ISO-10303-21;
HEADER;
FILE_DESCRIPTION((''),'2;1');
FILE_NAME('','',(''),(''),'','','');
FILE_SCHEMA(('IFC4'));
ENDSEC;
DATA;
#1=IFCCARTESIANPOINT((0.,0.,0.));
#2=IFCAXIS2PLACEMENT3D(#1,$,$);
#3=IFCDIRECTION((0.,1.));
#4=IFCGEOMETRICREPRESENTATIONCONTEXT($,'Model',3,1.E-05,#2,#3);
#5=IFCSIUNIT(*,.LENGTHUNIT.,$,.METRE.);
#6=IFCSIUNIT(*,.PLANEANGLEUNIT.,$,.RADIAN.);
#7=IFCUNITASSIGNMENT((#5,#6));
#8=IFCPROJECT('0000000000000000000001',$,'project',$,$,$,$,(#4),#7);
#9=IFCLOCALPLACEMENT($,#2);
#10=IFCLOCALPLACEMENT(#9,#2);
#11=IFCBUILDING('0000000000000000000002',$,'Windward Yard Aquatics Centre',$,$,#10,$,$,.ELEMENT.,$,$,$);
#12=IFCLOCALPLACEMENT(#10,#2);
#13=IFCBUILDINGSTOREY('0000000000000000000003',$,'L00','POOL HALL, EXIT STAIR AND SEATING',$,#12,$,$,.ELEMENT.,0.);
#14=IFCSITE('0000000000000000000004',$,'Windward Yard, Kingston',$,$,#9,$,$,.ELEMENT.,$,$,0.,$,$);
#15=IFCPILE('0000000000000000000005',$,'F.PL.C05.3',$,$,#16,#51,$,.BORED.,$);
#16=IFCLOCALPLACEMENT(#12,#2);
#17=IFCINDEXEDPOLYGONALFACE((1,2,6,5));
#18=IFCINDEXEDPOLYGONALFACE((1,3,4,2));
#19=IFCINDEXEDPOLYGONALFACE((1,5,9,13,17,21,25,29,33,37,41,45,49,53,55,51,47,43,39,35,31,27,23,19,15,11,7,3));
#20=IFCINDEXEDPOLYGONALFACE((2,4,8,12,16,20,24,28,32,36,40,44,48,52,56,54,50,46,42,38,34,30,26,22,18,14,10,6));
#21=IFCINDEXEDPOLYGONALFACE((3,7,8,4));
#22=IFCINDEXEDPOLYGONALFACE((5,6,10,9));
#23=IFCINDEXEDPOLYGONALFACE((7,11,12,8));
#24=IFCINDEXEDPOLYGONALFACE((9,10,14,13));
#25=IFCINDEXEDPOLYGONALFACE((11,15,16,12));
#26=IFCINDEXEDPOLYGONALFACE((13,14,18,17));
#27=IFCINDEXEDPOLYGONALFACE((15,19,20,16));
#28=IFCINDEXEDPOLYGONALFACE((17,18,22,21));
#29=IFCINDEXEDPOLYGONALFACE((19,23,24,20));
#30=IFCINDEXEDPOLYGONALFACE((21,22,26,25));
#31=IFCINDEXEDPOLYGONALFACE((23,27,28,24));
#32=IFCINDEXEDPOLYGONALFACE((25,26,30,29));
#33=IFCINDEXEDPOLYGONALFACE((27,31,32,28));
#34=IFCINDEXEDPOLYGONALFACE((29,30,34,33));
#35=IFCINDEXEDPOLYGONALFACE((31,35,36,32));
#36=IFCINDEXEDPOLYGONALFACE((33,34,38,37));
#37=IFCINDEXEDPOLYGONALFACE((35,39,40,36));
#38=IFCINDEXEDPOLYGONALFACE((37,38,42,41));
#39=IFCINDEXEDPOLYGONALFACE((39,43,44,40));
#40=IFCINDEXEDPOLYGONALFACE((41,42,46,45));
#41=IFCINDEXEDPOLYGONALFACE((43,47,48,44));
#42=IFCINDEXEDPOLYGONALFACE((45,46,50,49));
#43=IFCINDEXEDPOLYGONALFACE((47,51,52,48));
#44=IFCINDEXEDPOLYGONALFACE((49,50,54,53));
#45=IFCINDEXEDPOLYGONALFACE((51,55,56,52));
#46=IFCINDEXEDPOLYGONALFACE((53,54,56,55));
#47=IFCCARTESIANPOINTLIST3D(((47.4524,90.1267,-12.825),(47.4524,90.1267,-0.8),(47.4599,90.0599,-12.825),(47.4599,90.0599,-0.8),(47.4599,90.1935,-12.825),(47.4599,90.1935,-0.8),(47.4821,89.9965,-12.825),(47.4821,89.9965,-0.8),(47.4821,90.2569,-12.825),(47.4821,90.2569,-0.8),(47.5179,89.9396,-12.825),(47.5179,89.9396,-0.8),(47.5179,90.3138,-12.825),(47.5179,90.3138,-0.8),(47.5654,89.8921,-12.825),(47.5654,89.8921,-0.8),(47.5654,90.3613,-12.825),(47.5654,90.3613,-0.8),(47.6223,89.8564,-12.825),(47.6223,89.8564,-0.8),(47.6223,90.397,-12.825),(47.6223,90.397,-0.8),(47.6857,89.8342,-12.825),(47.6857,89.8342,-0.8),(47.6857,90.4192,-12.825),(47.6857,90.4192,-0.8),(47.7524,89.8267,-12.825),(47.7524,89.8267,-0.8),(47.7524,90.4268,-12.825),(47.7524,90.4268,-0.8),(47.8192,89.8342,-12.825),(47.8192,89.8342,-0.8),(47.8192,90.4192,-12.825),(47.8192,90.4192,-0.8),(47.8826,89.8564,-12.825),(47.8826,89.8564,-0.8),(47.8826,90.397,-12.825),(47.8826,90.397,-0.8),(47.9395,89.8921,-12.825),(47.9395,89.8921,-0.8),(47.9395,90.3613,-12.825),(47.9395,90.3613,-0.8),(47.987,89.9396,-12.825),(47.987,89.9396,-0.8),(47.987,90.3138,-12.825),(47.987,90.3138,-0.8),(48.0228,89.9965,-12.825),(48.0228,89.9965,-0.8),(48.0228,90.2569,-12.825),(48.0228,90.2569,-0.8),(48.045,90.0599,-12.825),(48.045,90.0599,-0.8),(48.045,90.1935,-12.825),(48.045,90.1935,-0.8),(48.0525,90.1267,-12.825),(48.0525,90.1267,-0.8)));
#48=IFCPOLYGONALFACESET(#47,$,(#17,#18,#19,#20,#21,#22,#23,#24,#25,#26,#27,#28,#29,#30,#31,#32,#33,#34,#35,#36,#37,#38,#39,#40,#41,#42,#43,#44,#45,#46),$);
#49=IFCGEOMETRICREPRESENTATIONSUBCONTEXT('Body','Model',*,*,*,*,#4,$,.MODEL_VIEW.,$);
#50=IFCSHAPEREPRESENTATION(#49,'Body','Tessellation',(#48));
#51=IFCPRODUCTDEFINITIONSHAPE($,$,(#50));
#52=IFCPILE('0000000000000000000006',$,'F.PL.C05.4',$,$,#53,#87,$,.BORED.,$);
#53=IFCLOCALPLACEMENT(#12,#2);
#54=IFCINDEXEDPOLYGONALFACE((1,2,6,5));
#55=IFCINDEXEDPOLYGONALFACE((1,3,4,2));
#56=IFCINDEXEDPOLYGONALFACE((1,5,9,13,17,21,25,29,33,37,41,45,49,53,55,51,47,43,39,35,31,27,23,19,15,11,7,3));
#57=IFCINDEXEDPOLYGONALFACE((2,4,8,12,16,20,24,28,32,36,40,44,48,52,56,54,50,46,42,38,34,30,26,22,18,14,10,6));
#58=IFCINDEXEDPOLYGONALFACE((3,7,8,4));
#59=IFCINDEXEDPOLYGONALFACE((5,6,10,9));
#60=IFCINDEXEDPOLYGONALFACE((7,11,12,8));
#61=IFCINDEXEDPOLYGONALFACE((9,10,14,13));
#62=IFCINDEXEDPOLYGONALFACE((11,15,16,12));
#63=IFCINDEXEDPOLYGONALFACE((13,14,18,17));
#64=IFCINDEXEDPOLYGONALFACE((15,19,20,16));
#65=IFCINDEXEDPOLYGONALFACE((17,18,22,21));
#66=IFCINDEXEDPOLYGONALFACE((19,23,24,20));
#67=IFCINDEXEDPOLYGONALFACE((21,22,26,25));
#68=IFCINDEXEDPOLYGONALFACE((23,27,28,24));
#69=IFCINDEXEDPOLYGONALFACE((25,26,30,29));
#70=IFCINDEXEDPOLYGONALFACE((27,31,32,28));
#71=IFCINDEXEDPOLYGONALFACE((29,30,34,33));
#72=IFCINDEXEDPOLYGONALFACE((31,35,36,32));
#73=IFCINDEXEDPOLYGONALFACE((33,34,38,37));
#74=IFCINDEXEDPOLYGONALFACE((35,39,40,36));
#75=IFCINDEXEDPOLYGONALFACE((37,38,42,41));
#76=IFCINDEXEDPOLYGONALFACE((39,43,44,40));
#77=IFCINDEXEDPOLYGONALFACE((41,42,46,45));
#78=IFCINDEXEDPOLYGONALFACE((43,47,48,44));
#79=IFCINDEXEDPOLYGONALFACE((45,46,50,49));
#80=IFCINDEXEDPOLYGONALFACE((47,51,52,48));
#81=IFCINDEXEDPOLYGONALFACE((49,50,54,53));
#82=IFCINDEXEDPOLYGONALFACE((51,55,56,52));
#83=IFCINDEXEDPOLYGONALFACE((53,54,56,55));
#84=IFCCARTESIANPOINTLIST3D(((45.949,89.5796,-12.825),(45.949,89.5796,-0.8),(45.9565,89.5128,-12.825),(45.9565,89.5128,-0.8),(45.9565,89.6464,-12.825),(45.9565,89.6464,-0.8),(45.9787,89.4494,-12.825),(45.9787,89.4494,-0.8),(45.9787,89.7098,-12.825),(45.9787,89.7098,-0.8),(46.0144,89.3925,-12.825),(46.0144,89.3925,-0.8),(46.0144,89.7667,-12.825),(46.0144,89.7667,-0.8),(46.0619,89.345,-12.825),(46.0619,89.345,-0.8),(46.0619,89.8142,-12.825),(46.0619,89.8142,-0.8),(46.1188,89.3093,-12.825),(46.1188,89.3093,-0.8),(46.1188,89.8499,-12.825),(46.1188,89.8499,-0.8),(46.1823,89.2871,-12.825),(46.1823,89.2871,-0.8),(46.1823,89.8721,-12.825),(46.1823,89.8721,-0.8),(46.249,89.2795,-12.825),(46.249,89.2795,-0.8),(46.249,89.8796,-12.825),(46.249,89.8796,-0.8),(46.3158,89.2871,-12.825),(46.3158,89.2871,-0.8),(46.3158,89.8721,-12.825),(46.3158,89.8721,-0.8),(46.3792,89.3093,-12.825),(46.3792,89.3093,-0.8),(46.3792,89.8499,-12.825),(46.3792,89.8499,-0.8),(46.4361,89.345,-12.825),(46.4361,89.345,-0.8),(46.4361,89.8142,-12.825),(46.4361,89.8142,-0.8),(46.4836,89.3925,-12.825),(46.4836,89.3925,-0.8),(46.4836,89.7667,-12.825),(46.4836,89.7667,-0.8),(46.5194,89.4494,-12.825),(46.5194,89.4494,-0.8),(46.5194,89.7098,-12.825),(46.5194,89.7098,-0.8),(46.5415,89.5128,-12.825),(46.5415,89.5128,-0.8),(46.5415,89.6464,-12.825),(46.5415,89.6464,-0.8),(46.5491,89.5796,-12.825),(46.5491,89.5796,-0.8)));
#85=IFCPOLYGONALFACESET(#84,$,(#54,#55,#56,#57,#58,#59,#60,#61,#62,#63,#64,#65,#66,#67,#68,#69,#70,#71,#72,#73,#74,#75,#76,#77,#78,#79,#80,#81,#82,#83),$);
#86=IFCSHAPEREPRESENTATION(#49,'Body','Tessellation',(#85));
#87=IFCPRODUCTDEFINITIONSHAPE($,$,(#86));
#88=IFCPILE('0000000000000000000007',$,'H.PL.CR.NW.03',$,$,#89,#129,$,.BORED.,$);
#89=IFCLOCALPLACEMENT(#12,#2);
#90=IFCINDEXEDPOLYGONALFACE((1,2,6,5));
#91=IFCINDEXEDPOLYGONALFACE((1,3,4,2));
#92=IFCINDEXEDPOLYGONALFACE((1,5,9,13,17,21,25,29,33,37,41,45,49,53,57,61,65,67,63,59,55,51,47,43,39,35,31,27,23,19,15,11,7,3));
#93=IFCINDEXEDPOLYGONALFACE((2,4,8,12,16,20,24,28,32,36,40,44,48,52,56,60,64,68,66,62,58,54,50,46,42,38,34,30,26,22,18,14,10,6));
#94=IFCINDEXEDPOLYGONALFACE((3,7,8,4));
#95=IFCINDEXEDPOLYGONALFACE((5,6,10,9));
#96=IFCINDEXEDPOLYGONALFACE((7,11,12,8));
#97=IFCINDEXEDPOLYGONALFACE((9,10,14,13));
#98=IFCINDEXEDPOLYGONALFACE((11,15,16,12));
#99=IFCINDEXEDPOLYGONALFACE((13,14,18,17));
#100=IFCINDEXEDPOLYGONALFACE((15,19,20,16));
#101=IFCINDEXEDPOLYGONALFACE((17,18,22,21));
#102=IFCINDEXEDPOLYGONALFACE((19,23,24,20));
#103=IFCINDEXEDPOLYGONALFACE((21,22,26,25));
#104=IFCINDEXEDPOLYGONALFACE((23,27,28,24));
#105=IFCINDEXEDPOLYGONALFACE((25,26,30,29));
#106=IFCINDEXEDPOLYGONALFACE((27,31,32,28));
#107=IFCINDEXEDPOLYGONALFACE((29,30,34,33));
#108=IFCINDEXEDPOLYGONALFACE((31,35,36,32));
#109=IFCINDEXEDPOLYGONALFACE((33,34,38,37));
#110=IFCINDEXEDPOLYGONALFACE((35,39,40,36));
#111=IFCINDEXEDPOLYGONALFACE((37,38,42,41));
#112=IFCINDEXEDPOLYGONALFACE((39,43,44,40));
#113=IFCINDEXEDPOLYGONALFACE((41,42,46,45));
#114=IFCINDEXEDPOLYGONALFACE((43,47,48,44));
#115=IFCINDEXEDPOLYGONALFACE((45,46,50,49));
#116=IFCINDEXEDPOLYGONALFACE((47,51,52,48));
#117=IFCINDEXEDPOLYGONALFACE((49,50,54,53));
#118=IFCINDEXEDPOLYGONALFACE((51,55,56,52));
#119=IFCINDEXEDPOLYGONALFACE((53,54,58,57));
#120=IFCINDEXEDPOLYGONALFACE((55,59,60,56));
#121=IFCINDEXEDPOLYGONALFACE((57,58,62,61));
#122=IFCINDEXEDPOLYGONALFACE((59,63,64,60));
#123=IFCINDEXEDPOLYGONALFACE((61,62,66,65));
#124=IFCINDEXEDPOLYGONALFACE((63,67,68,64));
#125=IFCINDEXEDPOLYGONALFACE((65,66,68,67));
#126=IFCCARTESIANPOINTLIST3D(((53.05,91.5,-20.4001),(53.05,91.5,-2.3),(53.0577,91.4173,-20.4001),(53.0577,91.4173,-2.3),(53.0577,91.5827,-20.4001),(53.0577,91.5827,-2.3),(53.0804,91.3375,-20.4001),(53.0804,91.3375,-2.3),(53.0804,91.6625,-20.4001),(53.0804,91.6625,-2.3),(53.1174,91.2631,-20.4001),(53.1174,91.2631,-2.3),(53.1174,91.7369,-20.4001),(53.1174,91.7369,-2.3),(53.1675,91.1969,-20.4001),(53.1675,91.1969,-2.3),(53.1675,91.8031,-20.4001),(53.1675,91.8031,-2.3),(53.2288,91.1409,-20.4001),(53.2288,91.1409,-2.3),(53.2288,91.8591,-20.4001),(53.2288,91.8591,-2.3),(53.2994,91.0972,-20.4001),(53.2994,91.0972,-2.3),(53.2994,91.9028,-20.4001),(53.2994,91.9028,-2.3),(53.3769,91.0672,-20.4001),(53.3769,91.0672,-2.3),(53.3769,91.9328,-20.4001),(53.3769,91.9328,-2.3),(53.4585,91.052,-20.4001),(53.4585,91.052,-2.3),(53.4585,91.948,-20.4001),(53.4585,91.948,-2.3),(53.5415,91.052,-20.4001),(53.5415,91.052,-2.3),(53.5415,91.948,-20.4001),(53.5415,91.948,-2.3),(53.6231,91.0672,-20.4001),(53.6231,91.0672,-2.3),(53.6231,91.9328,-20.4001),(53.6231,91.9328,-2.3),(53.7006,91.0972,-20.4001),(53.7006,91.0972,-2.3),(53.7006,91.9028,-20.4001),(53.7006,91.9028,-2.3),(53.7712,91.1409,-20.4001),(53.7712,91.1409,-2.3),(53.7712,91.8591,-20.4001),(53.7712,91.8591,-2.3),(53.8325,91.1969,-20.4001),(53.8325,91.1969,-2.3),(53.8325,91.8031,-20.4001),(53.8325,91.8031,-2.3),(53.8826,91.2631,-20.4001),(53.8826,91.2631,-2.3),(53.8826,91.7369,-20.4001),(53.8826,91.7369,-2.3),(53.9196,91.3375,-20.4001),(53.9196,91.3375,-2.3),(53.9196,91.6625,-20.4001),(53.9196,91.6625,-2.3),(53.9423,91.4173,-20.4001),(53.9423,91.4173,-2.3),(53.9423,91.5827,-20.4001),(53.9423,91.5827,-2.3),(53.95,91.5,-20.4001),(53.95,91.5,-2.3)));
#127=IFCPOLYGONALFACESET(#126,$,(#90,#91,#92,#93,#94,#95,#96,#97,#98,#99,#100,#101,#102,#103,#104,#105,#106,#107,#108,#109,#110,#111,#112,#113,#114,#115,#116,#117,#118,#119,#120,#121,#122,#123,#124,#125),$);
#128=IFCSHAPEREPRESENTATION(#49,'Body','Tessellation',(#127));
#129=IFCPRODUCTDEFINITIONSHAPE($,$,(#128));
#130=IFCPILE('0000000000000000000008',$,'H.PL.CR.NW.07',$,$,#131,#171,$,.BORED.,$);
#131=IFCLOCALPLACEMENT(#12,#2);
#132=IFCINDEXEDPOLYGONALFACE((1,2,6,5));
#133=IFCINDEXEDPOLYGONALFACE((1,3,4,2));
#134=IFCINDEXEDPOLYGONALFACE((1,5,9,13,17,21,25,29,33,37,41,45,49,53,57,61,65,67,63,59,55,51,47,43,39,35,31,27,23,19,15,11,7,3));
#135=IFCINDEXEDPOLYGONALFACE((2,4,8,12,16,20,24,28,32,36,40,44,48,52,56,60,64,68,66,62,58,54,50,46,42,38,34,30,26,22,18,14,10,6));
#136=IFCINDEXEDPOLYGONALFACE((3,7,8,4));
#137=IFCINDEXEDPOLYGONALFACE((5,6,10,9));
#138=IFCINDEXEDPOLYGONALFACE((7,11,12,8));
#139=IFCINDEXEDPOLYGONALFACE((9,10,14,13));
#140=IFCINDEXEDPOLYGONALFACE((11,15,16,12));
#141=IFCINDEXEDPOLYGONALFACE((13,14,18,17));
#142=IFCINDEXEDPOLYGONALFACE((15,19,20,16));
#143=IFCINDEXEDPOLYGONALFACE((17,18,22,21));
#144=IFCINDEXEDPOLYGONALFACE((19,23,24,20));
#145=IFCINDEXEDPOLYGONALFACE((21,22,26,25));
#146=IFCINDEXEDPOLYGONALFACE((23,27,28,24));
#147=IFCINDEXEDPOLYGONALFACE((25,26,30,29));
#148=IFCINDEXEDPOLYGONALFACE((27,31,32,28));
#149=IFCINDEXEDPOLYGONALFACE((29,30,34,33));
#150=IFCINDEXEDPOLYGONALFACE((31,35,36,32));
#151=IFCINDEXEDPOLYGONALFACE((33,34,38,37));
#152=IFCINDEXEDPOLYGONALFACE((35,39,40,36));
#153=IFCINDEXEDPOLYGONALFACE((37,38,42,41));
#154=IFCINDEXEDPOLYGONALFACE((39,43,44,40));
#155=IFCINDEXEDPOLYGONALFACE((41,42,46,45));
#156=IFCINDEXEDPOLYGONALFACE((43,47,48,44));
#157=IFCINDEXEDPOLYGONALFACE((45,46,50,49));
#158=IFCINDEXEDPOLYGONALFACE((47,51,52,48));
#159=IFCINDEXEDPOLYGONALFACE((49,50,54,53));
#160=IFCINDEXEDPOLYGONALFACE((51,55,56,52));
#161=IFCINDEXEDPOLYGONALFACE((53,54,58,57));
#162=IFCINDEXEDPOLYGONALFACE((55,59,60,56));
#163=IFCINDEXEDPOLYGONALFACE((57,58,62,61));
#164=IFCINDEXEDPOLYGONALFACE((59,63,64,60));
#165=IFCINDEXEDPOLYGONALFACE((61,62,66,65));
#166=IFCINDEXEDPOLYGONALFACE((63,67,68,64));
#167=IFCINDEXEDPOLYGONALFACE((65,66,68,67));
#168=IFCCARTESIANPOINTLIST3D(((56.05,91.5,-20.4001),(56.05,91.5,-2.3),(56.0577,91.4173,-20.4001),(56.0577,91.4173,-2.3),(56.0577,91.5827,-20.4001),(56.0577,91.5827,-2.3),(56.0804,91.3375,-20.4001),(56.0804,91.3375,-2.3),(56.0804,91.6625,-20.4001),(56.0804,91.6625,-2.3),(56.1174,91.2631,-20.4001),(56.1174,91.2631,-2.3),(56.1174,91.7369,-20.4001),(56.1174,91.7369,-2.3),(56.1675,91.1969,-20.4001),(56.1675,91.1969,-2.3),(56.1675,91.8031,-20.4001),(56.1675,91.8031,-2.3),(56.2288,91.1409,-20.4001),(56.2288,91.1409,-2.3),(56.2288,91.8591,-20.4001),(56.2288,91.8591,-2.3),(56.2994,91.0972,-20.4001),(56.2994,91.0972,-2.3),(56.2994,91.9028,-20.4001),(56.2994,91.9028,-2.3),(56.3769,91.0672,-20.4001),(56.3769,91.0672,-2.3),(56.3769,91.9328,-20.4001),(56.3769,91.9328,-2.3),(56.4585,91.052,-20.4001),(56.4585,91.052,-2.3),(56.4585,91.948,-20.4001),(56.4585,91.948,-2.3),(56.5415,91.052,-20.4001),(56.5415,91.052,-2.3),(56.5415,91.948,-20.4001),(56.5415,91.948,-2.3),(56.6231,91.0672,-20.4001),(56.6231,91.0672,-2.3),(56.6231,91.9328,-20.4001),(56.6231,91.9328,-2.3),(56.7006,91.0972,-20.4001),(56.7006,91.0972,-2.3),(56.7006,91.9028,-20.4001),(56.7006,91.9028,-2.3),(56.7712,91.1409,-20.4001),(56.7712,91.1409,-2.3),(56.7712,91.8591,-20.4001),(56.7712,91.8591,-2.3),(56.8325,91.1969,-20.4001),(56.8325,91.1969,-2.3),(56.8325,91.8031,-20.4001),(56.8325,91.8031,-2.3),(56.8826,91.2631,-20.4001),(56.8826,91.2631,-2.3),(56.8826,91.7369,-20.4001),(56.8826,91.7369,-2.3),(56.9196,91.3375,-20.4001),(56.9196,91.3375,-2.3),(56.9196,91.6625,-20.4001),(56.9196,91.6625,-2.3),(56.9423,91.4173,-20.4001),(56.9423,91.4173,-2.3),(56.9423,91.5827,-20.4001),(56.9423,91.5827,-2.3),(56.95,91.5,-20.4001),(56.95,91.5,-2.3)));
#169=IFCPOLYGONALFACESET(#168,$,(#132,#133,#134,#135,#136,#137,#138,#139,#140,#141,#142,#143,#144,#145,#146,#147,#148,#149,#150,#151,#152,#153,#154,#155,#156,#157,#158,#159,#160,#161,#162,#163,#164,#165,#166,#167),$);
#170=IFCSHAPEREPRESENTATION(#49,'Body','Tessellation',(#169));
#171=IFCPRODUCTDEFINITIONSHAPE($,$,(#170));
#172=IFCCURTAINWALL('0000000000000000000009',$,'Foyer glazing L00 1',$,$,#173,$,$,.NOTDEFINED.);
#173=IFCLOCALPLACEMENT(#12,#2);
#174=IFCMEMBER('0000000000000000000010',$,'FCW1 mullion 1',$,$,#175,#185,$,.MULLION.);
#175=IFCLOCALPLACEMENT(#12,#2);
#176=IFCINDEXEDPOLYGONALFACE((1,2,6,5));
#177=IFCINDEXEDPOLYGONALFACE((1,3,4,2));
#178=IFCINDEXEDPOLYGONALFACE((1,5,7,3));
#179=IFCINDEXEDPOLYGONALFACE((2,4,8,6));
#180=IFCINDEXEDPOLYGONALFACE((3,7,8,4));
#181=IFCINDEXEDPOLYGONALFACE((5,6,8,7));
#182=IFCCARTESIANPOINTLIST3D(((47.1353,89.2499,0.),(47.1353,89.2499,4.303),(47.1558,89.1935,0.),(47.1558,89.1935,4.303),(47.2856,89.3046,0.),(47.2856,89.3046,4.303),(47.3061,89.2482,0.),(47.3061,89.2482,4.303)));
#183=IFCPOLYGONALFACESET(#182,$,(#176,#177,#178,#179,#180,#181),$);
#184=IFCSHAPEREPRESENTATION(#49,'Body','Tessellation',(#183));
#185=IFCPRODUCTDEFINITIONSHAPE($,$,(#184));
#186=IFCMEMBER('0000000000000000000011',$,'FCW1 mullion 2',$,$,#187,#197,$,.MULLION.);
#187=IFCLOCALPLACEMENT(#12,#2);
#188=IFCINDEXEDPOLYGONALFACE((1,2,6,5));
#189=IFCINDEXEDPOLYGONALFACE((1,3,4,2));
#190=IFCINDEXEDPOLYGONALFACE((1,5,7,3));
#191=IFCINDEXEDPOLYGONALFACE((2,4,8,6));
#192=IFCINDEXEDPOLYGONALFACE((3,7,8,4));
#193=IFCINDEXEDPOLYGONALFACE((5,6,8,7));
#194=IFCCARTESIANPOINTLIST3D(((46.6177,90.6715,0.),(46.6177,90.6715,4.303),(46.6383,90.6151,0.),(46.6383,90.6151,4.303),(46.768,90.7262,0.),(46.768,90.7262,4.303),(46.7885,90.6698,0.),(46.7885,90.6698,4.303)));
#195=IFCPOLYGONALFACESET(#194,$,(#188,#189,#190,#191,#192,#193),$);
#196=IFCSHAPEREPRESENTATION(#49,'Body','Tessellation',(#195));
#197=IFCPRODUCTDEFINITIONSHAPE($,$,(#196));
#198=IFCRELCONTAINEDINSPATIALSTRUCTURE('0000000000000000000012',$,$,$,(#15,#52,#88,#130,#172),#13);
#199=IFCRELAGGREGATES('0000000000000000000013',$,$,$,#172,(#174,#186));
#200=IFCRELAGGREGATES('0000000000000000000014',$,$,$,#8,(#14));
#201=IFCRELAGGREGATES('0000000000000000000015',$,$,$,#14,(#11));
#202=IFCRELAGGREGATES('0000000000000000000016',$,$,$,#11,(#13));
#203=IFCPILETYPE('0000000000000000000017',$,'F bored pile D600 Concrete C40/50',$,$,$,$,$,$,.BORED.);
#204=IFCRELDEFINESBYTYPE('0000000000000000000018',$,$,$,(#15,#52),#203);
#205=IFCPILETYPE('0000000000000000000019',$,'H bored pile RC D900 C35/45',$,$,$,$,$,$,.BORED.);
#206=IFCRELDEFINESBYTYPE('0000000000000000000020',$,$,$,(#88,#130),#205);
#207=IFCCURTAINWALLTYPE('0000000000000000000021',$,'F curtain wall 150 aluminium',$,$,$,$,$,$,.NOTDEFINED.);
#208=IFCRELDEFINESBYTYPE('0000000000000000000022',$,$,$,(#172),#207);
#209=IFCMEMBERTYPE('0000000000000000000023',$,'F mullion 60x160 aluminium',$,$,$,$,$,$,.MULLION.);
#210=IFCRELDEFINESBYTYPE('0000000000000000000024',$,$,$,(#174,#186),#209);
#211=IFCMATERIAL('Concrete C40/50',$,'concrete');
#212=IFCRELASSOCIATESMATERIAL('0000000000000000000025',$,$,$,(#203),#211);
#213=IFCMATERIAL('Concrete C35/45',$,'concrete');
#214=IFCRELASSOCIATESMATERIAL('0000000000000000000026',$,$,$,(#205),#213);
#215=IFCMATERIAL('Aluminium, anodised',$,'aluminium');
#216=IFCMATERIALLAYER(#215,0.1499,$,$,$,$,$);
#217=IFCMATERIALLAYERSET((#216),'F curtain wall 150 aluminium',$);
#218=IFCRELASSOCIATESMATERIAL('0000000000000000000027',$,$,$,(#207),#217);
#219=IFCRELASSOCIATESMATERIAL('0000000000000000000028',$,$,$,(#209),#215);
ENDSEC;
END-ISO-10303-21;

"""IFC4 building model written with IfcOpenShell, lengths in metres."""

from ifc_helpers import new_model, si_unit, direction, frame, origin, origin_2d, place, context, subcontext, project, spatial, rectangle, circle, extrude, material, layer, layer_set, material_profile, profile_set, type_object, element, aggregate, save


model = new_model("IFC4")

# Units and contexts
model_context = context("Model", 3, precision=1e-05, world=origin(), true_north=direction((0.0, 1.0)))
body_context = subcontext(model_context, "Body", "Model", "MODEL_VIEW")
ifc_project = project(units=[si_unit("LENGTHUNIT", "METRE"), si_unit("PLANEANGLEUNIT", "RADIAN")], contexts=[model_context])

# Site, building, storey
site_placement = place(None, origin())
site = spatial("IfcSite", under=ifc_project, at=site_placement, Name="Windward Yard, Kingston", CompositionType="ELEMENT", RefElevation=0.0)
building_placement = place(site_placement, origin())
building = spatial("IfcBuilding", under=site, at=building_placement, Name="Windward Yard Aquatics Centre", CompositionType="ELEMENT")
storey_placement = place(building_placement, origin())
storey = spatial("IfcBuildingStorey", under=building, at=storey_placement, Name="L00", Description="POOL HALL, EXIT STAIR AND SEATING", CompositionType="ELEMENT", Elevation=0.0)

# Piles
ifc_material_1 = material(Name="Concrete C40/50", Category="concrete")
ifc_material_profile_1 = material_profile(ifc_material_1, circle(Radius=0.3, at=origin_2d()), Name="D600")
ifc_profile_set_1 = profile_set([ifc_material_profile_1], Name="Concrete C40/50")
pile_type_1 = type_object("IfcPileType", Name="F bored pile D600 Concrete C40/50", PredefinedType="BORED", material=ifc_profile_set_1)
for number, where, z_axis, x_axis, name in (
    (1, (47.7524, 90.1267, -0.8), (0.0, 0.0, -1.0), (1.0, 0.0, 0.0), "F.PL.C05.3"),
    (2, (46.249, 89.5796, -0.8), (0.0, 0.0, -1.0), (1.0, 0.0, 0.0), "F.PL.C05.4"),
):
    element("IfcPile", number, at=place(storey_placement, frame(where, z_axis=z_axis, x_axis=x_axis)), inside=storey, type_object=pile_type_1, Name=name, PredefinedType="BORED", context=body_context, shape_type="SweptSolid", body=[
        extrude(circle(Radius=0.3, at=origin_2d()), origin(), (0.0, 0.0, 1.0), 12.0249),
    ])
ifc_material_2 = material(Name="Concrete C35/45", Category="concrete")
ifc_material_profile_2 = material_profile(ifc_material_2, circle(Radius=0.45, at=origin_2d()), Name="RC D900")
ifc_profile_set_2 = profile_set([ifc_material_profile_2], Name="Concrete C35/45")
pile_type_2 = type_object("IfcPileType", Name="H bored pile RC D900 C35/45", PredefinedType="BORED", material=ifc_profile_set_2)
for number, where, z_axis, x_axis, name in (
    (3, (53.5, 91.5, -2.3), (0.0, 0.0, -1.0), (1.0, 0.0, 0.0), "H.PL.CR.NW.03"),
    (4, (56.5, 91.5, -2.3), (0.0, 0.0, -1.0), (1.0, 0.0, 0.0), "H.PL.CR.NW.07"),
):
    element("IfcPile", number, at=place(storey_placement, frame(where, z_axis=z_axis, x_axis=x_axis)), inside=storey, type_object=pile_type_2, Name=name, PredefinedType="BORED", context=body_context, shape_type="SweptSolid", body=[
        extrude(circle(Radius=0.45, at=origin_2d()), origin(), (0.0, 0.0, 1.0), 18.1001),
    ])

# Curtain wall, members
ifc_material_3 = material(Name="Aluminium, anodised", Category="aluminium")
ifc_layer_1 = layer(ifc_material_3, 0.1499)
ifc_layer_set_1 = layer_set([ifc_layer_1], Name="F curtain wall 150 aluminium")
curtain_wall_type = type_object("IfcCurtainWallType", Name="F curtain wall 150 aluminium", PredefinedType="NOTDEFINED", material=ifc_layer_set_1)
curtain_wall_1_placement = place(storey_placement, origin())
curtain_wall_1 = element("IfcCurtainWall", 5, at=curtain_wall_1_placement, inside=storey, type_object=curtain_wall_type, Name="Foyer glazing L00 1", PredefinedType="NOTDEFINED")
ifc_material_profile_3 = material_profile(ifc_material_3, rectangle(XDim=0.1599, YDim=0.0601, at=origin_2d()), Name="MULLION 60x160")
ifc_profile_set_3 = profile_set([ifc_material_profile_3], Name="Aluminium, anodised")
member_type_1 = type_object("IfcMemberType", Name="F mullion 60x160 aluminium", PredefinedType="MULLION", material=ifc_profile_set_3)
member_1_placement = place(storey_placement, frame((47.2207, 89.249, 0.0), z_axis=(0.0, 0.0, 1.0), x_axis=(-0.939689, -0.342029, 0.0)))
member_1 = element("IfcMember", 6, at=member_1_placement, type_object=member_type_1, Name="FCW1 mullion 1", PredefinedType="MULLION", context=body_context, shape_type="SweptSolid", body=[
    extrude(rectangle(XDim=0.1599, YDim=0.0601, at=origin_2d()), origin(), (0.0, 0.0, 1.0), 4.303),
])
member_2_placement = place(storey_placement, frame((46.7031, 90.6707, 0.0), z_axis=(0.0, 0.0, 1.0), x_axis=(-0.939689, -0.342029, 0.0)))
member_2 = element("IfcMember", 7, at=member_2_placement, type_object=member_type_1, Name="FCW1 mullion 2", PredefinedType="MULLION", context=body_context, shape_type="SweptSolid", body=[
    extrude(rectangle(XDim=0.1599, YDim=0.0601, at=origin_2d()), origin(), (0.0, 0.0, 1.0), 4.303),
])

aggregate(curtain_wall_1, [member_1, member_2])

save(model, "model.ifc")
